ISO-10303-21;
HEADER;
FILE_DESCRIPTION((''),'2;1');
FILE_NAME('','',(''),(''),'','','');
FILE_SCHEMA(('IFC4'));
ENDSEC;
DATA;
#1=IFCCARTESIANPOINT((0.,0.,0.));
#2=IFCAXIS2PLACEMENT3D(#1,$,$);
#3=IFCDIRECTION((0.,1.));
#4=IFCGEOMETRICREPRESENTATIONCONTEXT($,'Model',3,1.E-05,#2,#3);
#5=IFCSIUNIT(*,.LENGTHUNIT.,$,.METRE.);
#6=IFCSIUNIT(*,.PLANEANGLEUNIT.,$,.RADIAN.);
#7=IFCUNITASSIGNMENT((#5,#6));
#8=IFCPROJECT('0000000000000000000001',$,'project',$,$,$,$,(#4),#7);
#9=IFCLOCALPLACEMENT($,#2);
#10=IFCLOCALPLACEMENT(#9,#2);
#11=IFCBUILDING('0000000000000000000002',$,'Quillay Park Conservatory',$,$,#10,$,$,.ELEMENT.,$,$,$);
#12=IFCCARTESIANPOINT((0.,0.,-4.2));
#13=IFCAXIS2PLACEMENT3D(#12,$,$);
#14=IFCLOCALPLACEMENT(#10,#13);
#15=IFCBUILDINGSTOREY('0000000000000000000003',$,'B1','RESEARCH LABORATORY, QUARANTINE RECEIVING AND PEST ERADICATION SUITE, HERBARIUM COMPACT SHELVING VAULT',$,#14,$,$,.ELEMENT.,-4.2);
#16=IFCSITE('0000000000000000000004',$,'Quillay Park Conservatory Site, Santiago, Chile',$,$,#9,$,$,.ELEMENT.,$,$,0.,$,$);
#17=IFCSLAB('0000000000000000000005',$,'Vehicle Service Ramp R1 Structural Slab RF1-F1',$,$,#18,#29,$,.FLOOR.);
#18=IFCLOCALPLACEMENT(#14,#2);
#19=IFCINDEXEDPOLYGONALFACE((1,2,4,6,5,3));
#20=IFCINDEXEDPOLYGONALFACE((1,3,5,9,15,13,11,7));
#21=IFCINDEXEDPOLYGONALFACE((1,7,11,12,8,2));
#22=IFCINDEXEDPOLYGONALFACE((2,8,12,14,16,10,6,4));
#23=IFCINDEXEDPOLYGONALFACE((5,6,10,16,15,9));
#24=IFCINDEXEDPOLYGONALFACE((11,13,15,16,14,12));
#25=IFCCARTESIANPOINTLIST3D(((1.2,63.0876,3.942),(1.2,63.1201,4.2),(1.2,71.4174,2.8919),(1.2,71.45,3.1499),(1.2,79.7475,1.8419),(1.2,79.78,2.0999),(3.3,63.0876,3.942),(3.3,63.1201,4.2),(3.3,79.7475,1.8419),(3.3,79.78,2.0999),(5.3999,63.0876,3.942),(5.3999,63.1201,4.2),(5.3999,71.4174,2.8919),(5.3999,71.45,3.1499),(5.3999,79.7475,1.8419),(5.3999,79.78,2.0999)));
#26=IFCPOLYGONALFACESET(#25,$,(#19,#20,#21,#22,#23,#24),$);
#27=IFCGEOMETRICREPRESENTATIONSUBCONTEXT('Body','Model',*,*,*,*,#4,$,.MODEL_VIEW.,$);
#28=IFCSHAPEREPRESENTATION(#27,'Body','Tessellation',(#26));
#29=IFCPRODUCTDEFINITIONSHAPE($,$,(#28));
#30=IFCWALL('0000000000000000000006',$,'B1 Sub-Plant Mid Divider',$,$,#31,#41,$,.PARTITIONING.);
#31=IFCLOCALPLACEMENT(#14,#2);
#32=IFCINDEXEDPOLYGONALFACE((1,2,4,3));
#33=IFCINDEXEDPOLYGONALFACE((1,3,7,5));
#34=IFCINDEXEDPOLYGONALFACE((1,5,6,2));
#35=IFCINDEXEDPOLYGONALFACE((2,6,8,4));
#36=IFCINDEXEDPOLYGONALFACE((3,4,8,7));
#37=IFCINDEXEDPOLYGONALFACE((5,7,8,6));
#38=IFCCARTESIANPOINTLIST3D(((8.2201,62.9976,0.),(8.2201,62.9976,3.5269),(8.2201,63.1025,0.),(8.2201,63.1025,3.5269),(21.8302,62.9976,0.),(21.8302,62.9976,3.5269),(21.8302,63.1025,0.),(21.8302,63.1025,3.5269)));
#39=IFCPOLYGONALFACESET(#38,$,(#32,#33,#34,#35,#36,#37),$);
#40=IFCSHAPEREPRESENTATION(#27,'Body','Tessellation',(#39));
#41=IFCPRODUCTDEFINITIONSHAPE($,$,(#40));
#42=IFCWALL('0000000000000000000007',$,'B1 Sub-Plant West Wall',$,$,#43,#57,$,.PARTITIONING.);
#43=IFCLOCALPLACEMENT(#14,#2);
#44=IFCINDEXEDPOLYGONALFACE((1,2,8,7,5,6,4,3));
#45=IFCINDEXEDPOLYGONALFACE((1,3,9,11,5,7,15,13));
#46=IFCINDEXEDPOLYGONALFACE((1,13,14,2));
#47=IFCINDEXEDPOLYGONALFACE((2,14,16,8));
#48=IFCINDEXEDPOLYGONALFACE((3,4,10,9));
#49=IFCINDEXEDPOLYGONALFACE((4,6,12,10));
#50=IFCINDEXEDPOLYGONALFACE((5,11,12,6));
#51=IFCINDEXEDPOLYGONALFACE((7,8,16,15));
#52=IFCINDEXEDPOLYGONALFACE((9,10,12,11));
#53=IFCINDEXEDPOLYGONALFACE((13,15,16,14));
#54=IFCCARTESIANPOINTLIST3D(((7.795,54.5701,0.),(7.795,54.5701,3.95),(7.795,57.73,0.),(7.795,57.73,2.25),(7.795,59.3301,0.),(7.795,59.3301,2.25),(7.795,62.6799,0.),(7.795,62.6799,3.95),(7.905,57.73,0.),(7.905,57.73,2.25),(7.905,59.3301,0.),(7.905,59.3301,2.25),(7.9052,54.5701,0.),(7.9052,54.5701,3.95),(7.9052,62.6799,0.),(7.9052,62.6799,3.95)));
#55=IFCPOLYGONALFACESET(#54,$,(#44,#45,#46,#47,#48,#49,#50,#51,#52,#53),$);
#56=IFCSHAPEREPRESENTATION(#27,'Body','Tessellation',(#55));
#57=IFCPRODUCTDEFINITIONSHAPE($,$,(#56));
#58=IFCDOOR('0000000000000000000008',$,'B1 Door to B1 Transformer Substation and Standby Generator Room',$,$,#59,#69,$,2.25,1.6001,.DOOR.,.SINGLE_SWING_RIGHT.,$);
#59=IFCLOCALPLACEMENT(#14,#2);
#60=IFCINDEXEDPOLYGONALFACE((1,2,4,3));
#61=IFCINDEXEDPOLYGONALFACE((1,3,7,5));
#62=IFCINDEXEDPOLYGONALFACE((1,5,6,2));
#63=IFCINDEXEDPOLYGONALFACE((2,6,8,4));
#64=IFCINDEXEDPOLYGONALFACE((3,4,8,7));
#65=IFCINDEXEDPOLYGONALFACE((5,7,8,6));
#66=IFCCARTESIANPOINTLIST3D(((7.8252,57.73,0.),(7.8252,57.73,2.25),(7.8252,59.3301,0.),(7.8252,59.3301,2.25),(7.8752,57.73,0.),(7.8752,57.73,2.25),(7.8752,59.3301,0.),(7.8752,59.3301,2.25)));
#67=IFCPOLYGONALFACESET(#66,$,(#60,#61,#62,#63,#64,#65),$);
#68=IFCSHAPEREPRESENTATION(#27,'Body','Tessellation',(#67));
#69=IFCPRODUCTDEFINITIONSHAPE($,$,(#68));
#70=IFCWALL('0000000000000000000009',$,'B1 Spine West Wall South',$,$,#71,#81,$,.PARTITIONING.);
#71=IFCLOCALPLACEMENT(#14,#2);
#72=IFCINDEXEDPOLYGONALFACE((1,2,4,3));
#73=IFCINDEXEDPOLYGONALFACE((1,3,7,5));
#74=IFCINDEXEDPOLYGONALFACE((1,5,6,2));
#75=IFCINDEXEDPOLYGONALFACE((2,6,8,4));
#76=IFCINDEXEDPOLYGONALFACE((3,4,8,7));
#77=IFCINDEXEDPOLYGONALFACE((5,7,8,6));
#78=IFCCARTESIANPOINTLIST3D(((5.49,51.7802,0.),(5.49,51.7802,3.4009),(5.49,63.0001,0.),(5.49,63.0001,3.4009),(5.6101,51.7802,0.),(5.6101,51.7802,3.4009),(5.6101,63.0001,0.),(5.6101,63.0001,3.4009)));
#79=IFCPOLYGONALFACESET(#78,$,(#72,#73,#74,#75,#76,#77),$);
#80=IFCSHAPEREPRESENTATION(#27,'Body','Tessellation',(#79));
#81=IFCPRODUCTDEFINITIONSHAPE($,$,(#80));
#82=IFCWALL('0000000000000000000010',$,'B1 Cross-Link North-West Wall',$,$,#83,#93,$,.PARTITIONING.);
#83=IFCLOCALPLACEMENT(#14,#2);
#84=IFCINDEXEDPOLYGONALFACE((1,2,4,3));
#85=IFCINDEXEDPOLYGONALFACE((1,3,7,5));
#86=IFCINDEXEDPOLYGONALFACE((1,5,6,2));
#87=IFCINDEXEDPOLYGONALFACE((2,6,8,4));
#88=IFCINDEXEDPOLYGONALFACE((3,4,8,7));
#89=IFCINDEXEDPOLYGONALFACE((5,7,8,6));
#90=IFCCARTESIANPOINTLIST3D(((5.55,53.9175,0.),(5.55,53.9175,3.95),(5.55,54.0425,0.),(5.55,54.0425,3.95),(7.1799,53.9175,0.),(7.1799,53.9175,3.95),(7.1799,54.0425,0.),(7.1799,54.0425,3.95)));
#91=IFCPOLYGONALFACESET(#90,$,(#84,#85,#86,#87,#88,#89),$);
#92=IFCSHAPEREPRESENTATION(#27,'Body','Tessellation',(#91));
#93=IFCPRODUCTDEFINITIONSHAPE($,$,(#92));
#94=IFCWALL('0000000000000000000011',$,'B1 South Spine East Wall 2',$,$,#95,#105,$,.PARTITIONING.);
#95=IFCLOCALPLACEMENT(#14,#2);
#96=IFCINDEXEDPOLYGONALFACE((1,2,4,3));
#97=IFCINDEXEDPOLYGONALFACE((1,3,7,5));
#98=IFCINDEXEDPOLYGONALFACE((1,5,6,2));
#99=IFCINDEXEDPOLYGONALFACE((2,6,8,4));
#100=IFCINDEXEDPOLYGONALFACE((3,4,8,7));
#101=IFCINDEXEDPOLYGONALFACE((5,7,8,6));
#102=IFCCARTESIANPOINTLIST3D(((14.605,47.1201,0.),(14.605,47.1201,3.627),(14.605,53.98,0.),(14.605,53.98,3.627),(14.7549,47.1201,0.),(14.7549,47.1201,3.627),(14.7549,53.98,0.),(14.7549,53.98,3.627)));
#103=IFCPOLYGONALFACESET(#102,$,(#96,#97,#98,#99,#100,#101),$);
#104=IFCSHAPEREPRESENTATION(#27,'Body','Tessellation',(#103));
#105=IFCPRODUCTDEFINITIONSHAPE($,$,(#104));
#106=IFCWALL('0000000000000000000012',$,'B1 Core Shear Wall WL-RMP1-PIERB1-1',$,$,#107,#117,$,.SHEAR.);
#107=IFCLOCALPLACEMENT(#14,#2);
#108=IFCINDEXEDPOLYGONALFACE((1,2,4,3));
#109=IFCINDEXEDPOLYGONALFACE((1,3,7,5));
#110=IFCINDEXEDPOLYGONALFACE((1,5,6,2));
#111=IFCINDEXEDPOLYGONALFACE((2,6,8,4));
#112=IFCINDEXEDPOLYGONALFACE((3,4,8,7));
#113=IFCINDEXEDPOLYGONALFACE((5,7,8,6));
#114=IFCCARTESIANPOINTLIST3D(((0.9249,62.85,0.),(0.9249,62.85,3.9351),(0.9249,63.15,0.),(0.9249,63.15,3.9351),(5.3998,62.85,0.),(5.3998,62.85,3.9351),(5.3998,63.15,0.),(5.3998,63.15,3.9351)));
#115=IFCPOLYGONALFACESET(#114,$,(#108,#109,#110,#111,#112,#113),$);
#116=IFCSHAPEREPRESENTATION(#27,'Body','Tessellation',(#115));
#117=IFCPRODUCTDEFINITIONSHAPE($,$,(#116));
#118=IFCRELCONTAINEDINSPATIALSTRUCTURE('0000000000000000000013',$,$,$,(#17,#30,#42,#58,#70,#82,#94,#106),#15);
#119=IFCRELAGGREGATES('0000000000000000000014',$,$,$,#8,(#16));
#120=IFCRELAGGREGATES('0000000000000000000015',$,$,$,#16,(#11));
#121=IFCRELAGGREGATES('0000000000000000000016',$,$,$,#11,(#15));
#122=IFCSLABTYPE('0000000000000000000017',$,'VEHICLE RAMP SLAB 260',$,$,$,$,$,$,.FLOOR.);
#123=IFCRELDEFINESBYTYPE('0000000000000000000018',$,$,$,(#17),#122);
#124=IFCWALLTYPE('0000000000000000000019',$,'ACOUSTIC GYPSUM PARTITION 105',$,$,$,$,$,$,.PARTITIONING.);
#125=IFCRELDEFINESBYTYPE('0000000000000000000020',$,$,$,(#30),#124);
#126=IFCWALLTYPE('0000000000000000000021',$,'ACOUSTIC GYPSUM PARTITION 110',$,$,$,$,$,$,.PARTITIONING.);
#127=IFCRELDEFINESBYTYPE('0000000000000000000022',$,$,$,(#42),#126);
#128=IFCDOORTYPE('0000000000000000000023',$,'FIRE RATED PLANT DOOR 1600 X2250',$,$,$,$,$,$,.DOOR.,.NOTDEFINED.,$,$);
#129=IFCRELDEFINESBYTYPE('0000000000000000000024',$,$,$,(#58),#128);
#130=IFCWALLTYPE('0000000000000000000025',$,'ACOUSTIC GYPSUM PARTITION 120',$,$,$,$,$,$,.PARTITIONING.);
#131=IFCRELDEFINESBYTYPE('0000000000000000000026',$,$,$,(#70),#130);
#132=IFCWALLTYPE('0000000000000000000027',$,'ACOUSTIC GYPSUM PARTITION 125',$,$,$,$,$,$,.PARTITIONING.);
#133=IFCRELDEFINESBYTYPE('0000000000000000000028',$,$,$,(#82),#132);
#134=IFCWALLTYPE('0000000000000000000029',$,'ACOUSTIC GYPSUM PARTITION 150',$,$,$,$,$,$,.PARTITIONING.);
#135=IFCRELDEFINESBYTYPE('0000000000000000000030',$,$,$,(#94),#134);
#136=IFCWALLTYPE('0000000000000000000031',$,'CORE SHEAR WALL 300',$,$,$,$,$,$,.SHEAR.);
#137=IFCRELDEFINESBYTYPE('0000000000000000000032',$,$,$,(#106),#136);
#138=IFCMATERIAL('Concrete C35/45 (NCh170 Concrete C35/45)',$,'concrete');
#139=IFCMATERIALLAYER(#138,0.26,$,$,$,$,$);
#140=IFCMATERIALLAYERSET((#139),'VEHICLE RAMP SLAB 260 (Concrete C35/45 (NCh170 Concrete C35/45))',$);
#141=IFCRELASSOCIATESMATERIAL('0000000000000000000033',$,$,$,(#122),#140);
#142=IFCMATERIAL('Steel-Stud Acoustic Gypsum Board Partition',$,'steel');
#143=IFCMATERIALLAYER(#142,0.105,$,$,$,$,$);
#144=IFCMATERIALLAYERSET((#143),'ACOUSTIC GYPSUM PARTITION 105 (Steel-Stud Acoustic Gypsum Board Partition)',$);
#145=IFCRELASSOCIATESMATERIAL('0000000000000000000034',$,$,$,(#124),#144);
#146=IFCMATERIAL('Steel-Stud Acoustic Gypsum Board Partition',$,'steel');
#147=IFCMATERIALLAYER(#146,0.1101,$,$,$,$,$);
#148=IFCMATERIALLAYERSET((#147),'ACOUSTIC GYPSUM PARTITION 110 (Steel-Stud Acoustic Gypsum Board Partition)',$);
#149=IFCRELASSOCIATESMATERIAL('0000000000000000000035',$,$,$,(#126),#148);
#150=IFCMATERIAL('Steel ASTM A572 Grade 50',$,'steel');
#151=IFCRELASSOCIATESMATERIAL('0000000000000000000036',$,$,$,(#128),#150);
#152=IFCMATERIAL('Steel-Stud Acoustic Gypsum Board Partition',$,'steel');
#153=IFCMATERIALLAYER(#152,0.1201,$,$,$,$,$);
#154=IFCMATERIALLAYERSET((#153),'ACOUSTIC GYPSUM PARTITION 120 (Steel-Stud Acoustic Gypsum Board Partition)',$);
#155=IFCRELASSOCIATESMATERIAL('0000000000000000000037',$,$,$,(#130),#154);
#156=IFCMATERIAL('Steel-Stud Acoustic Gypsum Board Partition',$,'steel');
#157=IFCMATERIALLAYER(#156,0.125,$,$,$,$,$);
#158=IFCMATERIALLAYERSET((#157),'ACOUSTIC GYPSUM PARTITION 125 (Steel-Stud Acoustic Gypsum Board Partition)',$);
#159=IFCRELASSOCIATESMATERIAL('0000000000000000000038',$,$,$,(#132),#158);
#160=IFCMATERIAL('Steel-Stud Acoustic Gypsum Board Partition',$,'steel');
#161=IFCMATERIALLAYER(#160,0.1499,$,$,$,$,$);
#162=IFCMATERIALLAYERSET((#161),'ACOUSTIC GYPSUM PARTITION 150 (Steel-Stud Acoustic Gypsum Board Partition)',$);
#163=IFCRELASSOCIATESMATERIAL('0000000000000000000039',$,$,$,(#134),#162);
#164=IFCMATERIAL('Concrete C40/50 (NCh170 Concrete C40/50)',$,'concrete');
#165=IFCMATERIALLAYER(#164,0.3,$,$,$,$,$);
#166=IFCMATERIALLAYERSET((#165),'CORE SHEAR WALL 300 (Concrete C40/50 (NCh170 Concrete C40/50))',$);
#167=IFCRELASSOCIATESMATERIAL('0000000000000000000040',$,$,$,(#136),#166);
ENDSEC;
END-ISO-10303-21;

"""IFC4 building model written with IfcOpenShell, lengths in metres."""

from ifc_helpers import new_model, si_unit, direction, frame, frame_2d, origin, place, context, subcontext, project, spatial, polyline, rectangle, outline, extrude, material, layer, layer_set, type_object, element, fill, save


model = new_model("IFC4")

# Units and contexts
model_context = context("Model", 3, precision=1e-05, world=origin(), true_north=direction((0.0, 1.0)))
body_context = subcontext(model_context, "Body", "Model", "MODEL_VIEW")
ifc_project = project(units=[si_unit("LENGTHUNIT", "METRE"), si_unit("PLANEANGLEUNIT", "RADIAN")], contexts=[model_context])

# Site, building, storey
site_placement = place(None, origin())
site = spatial("IfcSite", under=ifc_project, at=site_placement, Name="Quillay Park Conservatory Site, Santiago, Chile", CompositionType="ELEMENT", RefElevation=0.0)
building_placement = place(site_placement, origin())
building = spatial("IfcBuilding", under=site, at=building_placement, Name="Quillay Park Conservatory", CompositionType="ELEMENT")
storey_placement = place(building_placement, frame((0.0, 0.0, -4.2)))
storey = spatial("IfcBuildingStorey", under=building, at=storey_placement, Name="B1", Description="RESEARCH LABORATORY, QUARANTINE RECEIVING AND PEST ERADICATION SUITE, HERBARIUM COMPACT SHELVING VAULT", CompositionType="ELEMENT", Elevation=-4.2)

# Slab
ifc_material_1 = material(Name="Concrete C35/45 (NCh170 Concrete C35/45)", Category="concrete")
ifc_layer_1 = layer(ifc_material_1, 0.26)
ifc_layer_set_1 = layer_set([ifc_layer_1], Name="VEHICLE RAMP SLAB 260 (Concrete C35/45 (NCh170 Concrete C35/45))")
slab_type = type_object("IfcSlabType", Name="VEHICLE RAMP SLAB 260", PredefinedType="FLOOR", material=ifc_layer_set_1)
slab_placement = place(storey_placement, frame((1.2, 63.1201, 4.2), z_axis=(0.0, 0.125067, 0.992148), x_axis=(1.0, 0.0, 0.0)))
element("IfcSlab", 1, at=slab_placement, inside=storey, type_object=slab_type, Name="Vehicle Service Ramp R1 Structural Slab RF1-F1", PredefinedType="FLOOR", context=body_context, shape_type="SweptSolid", body=[
    extrude(outline(polyline([(0.0, 0.0), (2.1001, 0.0), (4.2, 0.0), (4.2, 8.3958), (4.2, 16.7918), (2.1001, 16.7918), (0.0, 16.7918), (0.0, 8.3958), (0.0, 0.0)])), origin(), (0.0, 0.0, -1.0), 0.26),
])

# Wall
ifc_material_2 = material(Name="Steel-Stud Acoustic Gypsum Board Partition", Category="steel")
ifc_layer_2 = layer(ifc_material_2, 0.105)
ifc_layer_set_2 = layer_set([ifc_layer_2], Name="ACOUSTIC GYPSUM PARTITION 105 (Steel-Stud Acoustic Gypsum Board Partition)")
wall_type_1 = type_object("IfcWallType", Name="ACOUSTIC GYPSUM PARTITION 105", PredefinedType="PARTITIONING", material=ifc_layer_set_2)
wall_1_placement = place(storey_placement, frame((8.22, 63.05, 0.0), z_axis=(0.0, 0.0, 1.0), x_axis=(1.0, 0.0, 0.0)))
element("IfcWall", 2, at=wall_1_placement, inside=storey, type_object=wall_type_1, Name="B1 Sub-Plant Mid Divider", PredefinedType="PARTITIONING", context=body_context, shape_type="SweptSolid", body=[
    extrude(rectangle(XDim=13.6101, YDim=0.105, at=frame_2d((6.8052, 0.0))), origin(), (0.0, 0.0, 1.0), 3.5269),
])

# Wall, opening, door
ifc_material_3 = material(Name="Steel-Stud Acoustic Gypsum Board Partition", Category="steel")
ifc_layer_3 = layer(ifc_material_3, 0.1101)
ifc_layer_set_3 = layer_set([ifc_layer_3], Name="ACOUSTIC GYPSUM PARTITION 110 (Steel-Stud Acoustic Gypsum Board Partition)")
wall_type_2 = type_object("IfcWallType", Name="ACOUSTIC GYPSUM PARTITION 110", PredefinedType="PARTITIONING", material=ifc_layer_set_3)
wall_2_placement = place(storey_placement, frame((7.8501, 54.5701, 0.0), z_axis=(0.0, 0.0, 1.0), x_axis=(0.0, 1.0, 0.0)))
wall_2 = element("IfcWall", 3, at=wall_2_placement, inside=storey, type_object=wall_type_2, Name="B1 Sub-Plant West Wall", PredefinedType="PARTITIONING", context=body_context, shape_type="SweptSolid", body=[
    extrude(rectangle(XDim=8.1099, YDim=0.1101, at=frame_2d((4.0549, 0.0))), origin(), (0.0, 0.0, 1.0), 3.95),
])
opening_1_placement = place(wall_2_placement, frame((3.1599, 0.0, 0.0)))
opening_1 = element("IfcOpeningElement", 4, at=opening_1_placement, cuts=wall_2, PredefinedType="OPENING", context=body_context, shape_type="SweptSolid", body=[
    extrude(rectangle(XDim=1.6001, YDim=2.25, at=frame_2d((0.8, 1.125))), frame((0.0, 0.0552, 0.0), z_axis=(0.0, -1.0, 0.0), x_axis=(1.0, 0.0, 0.0)), (0.0, 0.0, 1.0), 0.1101),
])
ifc_material_4 = material(Name="Steel ASTM A572 Grade 50", Category="steel")
door_type_1 = type_object("IfcDoorType", Name="FIRE RATED PLANT DOOR 1600 X2250", OperationType="NOTDEFINED", PredefinedType="DOOR", material=ifc_material_4)
door_1_placement = place(opening_1_placement, origin())
door_1 = element("IfcDoor", 5, at=door_1_placement, inside=storey, type_object=door_type_1, Name="B1 Door to B1 Transformer Substation and Standby Generator Room", OperationType="SINGLE_SWING_RIGHT", OverallHeight=2.25, OverallWidth=1.6001, PredefinedType="DOOR", context=body_context, shape_type="SweptSolid", body=[
    extrude(rectangle(XDim=1.6001, YDim=2.25, at=frame_2d((0.8, 1.125))), frame((0.0, 0.0249, 0.0), z_axis=(0.0, -1.0, 0.0), x_axis=(1.0, 0.0, 0.0)), (0.0, 0.0, 1.0), 0.05),
])
fill(opening_1, door_1)

# Walls
ifc_material_5 = material(Name="Steel-Stud Acoustic Gypsum Board Partition", Category="steel")
ifc_layer_4 = layer(ifc_material_5, 0.1201)
ifc_layer_set_4 = layer_set([ifc_layer_4], Name="ACOUSTIC GYPSUM PARTITION 120 (Steel-Stud Acoustic Gypsum Board Partition)")
wall_type_3 = type_object("IfcWallType", Name="ACOUSTIC GYPSUM PARTITION 120", PredefinedType="PARTITIONING", material=ifc_layer_set_4)
wall_3_placement = place(storey_placement, frame((5.55, 63.0, 0.0), z_axis=(0.0, 0.0, 1.0), x_axis=(0.0, -1.0, 0.0)))
element("IfcWall", 6, at=wall_3_placement, inside=storey, type_object=wall_type_3, Name="B1 Spine West Wall South", PredefinedType="PARTITIONING", context=body_context, shape_type="SweptSolid", body=[
    extrude(rectangle(XDim=11.22, YDim=0.1201, at=frame_2d((5.6099, 0.0))), origin(), (0.0, 0.0, 1.0), 3.4009),
])
ifc_material_6 = material(Name="Steel-Stud Acoustic Gypsum Board Partition", Category="steel")
ifc_layer_5 = layer(ifc_material_6, 0.125)
ifc_layer_set_5 = layer_set([ifc_layer_5], Name="ACOUSTIC GYPSUM PARTITION 125 (Steel-Stud Acoustic Gypsum Board Partition)")
wall_type_4 = type_object("IfcWallType", Name="ACOUSTIC GYPSUM PARTITION 125", PredefinedType="PARTITIONING", material=ifc_layer_set_5)
wall_4_placement = place(storey_placement, frame((5.55, 53.98, 0.0), z_axis=(0.0, 0.0, 1.0), x_axis=(1.0, 0.0, 0.0)))
element("IfcWall", 7, at=wall_4_placement, inside=storey, type_object=wall_type_4, Name="B1 Cross-Link North-West Wall", PredefinedType="PARTITIONING", context=body_context, shape_type="SweptSolid", body=[
    extrude(rectangle(XDim=1.6299, YDim=0.125, at=frame_2d((0.8149, 0.0))), origin(), (0.0, 0.0, 1.0), 3.95),
])
ifc_material_7 = material(Name="Steel-Stud Acoustic Gypsum Board Partition", Category="steel")
ifc_layer_6 = layer(ifc_material_7, 0.1499)
ifc_layer_set_6 = layer_set([ifc_layer_6], Name="ACOUSTIC GYPSUM PARTITION 150 (Steel-Stud Acoustic Gypsum Board Partition)")
wall_type_5 = type_object("IfcWallType", Name="ACOUSTIC GYPSUM PARTITION 150", PredefinedType="PARTITIONING", material=ifc_layer_set_6)
wall_5_placement = place(storey_placement, frame((14.6799, 53.98, 0.0), z_axis=(0.0, 0.0, 1.0), x_axis=(0.0, -1.0, 0.0)))
element("IfcWall", 8, at=wall_5_placement, inside=storey, type_object=wall_type_5, Name="B1 South Spine East Wall 2", PredefinedType="PARTITIONING", context=body_context, shape_type="SweptSolid", body=[
    extrude(rectangle(XDim=6.8599, YDim=0.1499, at=frame_2d((3.4299, 0.0))), origin(), (0.0, 0.0, 1.0), 3.627),
])
ifc_material_8 = material(Name="Concrete C40/50 (NCh170 Concrete C40/50)", Category="concrete")
ifc_layer_7 = layer(ifc_material_8, 0.3)
ifc_layer_set_7 = layer_set([ifc_layer_7], Name="CORE SHEAR WALL 300 (Concrete C40/50 (NCh170 Concrete C40/50))")
wall_type_6 = type_object("IfcWallType", Name="CORE SHEAR WALL 300", PredefinedType="SHEAR", material=ifc_layer_set_7)
wall_6_placement = place(storey_placement, frame((0.925, 63.0, 0.0), z_axis=(0.0, 0.0, 1.0), x_axis=(1.0, 0.0, 0.0)))
element("IfcWall", 9, at=wall_6_placement, inside=storey, type_object=wall_type_6, Name="B1 Core Shear Wall WL-RMP1-PIERB1-1", PredefinedType="SHEAR", context=body_context, shape_type="SweptSolid", body=[
    extrude(rectangle(XDim=4.4749, YDim=0.3, at=frame_2d((2.2373, 0.0))), origin(), (0.0, 0.0, 1.0), 3.9351),
])

save(model, "model.ifc")
